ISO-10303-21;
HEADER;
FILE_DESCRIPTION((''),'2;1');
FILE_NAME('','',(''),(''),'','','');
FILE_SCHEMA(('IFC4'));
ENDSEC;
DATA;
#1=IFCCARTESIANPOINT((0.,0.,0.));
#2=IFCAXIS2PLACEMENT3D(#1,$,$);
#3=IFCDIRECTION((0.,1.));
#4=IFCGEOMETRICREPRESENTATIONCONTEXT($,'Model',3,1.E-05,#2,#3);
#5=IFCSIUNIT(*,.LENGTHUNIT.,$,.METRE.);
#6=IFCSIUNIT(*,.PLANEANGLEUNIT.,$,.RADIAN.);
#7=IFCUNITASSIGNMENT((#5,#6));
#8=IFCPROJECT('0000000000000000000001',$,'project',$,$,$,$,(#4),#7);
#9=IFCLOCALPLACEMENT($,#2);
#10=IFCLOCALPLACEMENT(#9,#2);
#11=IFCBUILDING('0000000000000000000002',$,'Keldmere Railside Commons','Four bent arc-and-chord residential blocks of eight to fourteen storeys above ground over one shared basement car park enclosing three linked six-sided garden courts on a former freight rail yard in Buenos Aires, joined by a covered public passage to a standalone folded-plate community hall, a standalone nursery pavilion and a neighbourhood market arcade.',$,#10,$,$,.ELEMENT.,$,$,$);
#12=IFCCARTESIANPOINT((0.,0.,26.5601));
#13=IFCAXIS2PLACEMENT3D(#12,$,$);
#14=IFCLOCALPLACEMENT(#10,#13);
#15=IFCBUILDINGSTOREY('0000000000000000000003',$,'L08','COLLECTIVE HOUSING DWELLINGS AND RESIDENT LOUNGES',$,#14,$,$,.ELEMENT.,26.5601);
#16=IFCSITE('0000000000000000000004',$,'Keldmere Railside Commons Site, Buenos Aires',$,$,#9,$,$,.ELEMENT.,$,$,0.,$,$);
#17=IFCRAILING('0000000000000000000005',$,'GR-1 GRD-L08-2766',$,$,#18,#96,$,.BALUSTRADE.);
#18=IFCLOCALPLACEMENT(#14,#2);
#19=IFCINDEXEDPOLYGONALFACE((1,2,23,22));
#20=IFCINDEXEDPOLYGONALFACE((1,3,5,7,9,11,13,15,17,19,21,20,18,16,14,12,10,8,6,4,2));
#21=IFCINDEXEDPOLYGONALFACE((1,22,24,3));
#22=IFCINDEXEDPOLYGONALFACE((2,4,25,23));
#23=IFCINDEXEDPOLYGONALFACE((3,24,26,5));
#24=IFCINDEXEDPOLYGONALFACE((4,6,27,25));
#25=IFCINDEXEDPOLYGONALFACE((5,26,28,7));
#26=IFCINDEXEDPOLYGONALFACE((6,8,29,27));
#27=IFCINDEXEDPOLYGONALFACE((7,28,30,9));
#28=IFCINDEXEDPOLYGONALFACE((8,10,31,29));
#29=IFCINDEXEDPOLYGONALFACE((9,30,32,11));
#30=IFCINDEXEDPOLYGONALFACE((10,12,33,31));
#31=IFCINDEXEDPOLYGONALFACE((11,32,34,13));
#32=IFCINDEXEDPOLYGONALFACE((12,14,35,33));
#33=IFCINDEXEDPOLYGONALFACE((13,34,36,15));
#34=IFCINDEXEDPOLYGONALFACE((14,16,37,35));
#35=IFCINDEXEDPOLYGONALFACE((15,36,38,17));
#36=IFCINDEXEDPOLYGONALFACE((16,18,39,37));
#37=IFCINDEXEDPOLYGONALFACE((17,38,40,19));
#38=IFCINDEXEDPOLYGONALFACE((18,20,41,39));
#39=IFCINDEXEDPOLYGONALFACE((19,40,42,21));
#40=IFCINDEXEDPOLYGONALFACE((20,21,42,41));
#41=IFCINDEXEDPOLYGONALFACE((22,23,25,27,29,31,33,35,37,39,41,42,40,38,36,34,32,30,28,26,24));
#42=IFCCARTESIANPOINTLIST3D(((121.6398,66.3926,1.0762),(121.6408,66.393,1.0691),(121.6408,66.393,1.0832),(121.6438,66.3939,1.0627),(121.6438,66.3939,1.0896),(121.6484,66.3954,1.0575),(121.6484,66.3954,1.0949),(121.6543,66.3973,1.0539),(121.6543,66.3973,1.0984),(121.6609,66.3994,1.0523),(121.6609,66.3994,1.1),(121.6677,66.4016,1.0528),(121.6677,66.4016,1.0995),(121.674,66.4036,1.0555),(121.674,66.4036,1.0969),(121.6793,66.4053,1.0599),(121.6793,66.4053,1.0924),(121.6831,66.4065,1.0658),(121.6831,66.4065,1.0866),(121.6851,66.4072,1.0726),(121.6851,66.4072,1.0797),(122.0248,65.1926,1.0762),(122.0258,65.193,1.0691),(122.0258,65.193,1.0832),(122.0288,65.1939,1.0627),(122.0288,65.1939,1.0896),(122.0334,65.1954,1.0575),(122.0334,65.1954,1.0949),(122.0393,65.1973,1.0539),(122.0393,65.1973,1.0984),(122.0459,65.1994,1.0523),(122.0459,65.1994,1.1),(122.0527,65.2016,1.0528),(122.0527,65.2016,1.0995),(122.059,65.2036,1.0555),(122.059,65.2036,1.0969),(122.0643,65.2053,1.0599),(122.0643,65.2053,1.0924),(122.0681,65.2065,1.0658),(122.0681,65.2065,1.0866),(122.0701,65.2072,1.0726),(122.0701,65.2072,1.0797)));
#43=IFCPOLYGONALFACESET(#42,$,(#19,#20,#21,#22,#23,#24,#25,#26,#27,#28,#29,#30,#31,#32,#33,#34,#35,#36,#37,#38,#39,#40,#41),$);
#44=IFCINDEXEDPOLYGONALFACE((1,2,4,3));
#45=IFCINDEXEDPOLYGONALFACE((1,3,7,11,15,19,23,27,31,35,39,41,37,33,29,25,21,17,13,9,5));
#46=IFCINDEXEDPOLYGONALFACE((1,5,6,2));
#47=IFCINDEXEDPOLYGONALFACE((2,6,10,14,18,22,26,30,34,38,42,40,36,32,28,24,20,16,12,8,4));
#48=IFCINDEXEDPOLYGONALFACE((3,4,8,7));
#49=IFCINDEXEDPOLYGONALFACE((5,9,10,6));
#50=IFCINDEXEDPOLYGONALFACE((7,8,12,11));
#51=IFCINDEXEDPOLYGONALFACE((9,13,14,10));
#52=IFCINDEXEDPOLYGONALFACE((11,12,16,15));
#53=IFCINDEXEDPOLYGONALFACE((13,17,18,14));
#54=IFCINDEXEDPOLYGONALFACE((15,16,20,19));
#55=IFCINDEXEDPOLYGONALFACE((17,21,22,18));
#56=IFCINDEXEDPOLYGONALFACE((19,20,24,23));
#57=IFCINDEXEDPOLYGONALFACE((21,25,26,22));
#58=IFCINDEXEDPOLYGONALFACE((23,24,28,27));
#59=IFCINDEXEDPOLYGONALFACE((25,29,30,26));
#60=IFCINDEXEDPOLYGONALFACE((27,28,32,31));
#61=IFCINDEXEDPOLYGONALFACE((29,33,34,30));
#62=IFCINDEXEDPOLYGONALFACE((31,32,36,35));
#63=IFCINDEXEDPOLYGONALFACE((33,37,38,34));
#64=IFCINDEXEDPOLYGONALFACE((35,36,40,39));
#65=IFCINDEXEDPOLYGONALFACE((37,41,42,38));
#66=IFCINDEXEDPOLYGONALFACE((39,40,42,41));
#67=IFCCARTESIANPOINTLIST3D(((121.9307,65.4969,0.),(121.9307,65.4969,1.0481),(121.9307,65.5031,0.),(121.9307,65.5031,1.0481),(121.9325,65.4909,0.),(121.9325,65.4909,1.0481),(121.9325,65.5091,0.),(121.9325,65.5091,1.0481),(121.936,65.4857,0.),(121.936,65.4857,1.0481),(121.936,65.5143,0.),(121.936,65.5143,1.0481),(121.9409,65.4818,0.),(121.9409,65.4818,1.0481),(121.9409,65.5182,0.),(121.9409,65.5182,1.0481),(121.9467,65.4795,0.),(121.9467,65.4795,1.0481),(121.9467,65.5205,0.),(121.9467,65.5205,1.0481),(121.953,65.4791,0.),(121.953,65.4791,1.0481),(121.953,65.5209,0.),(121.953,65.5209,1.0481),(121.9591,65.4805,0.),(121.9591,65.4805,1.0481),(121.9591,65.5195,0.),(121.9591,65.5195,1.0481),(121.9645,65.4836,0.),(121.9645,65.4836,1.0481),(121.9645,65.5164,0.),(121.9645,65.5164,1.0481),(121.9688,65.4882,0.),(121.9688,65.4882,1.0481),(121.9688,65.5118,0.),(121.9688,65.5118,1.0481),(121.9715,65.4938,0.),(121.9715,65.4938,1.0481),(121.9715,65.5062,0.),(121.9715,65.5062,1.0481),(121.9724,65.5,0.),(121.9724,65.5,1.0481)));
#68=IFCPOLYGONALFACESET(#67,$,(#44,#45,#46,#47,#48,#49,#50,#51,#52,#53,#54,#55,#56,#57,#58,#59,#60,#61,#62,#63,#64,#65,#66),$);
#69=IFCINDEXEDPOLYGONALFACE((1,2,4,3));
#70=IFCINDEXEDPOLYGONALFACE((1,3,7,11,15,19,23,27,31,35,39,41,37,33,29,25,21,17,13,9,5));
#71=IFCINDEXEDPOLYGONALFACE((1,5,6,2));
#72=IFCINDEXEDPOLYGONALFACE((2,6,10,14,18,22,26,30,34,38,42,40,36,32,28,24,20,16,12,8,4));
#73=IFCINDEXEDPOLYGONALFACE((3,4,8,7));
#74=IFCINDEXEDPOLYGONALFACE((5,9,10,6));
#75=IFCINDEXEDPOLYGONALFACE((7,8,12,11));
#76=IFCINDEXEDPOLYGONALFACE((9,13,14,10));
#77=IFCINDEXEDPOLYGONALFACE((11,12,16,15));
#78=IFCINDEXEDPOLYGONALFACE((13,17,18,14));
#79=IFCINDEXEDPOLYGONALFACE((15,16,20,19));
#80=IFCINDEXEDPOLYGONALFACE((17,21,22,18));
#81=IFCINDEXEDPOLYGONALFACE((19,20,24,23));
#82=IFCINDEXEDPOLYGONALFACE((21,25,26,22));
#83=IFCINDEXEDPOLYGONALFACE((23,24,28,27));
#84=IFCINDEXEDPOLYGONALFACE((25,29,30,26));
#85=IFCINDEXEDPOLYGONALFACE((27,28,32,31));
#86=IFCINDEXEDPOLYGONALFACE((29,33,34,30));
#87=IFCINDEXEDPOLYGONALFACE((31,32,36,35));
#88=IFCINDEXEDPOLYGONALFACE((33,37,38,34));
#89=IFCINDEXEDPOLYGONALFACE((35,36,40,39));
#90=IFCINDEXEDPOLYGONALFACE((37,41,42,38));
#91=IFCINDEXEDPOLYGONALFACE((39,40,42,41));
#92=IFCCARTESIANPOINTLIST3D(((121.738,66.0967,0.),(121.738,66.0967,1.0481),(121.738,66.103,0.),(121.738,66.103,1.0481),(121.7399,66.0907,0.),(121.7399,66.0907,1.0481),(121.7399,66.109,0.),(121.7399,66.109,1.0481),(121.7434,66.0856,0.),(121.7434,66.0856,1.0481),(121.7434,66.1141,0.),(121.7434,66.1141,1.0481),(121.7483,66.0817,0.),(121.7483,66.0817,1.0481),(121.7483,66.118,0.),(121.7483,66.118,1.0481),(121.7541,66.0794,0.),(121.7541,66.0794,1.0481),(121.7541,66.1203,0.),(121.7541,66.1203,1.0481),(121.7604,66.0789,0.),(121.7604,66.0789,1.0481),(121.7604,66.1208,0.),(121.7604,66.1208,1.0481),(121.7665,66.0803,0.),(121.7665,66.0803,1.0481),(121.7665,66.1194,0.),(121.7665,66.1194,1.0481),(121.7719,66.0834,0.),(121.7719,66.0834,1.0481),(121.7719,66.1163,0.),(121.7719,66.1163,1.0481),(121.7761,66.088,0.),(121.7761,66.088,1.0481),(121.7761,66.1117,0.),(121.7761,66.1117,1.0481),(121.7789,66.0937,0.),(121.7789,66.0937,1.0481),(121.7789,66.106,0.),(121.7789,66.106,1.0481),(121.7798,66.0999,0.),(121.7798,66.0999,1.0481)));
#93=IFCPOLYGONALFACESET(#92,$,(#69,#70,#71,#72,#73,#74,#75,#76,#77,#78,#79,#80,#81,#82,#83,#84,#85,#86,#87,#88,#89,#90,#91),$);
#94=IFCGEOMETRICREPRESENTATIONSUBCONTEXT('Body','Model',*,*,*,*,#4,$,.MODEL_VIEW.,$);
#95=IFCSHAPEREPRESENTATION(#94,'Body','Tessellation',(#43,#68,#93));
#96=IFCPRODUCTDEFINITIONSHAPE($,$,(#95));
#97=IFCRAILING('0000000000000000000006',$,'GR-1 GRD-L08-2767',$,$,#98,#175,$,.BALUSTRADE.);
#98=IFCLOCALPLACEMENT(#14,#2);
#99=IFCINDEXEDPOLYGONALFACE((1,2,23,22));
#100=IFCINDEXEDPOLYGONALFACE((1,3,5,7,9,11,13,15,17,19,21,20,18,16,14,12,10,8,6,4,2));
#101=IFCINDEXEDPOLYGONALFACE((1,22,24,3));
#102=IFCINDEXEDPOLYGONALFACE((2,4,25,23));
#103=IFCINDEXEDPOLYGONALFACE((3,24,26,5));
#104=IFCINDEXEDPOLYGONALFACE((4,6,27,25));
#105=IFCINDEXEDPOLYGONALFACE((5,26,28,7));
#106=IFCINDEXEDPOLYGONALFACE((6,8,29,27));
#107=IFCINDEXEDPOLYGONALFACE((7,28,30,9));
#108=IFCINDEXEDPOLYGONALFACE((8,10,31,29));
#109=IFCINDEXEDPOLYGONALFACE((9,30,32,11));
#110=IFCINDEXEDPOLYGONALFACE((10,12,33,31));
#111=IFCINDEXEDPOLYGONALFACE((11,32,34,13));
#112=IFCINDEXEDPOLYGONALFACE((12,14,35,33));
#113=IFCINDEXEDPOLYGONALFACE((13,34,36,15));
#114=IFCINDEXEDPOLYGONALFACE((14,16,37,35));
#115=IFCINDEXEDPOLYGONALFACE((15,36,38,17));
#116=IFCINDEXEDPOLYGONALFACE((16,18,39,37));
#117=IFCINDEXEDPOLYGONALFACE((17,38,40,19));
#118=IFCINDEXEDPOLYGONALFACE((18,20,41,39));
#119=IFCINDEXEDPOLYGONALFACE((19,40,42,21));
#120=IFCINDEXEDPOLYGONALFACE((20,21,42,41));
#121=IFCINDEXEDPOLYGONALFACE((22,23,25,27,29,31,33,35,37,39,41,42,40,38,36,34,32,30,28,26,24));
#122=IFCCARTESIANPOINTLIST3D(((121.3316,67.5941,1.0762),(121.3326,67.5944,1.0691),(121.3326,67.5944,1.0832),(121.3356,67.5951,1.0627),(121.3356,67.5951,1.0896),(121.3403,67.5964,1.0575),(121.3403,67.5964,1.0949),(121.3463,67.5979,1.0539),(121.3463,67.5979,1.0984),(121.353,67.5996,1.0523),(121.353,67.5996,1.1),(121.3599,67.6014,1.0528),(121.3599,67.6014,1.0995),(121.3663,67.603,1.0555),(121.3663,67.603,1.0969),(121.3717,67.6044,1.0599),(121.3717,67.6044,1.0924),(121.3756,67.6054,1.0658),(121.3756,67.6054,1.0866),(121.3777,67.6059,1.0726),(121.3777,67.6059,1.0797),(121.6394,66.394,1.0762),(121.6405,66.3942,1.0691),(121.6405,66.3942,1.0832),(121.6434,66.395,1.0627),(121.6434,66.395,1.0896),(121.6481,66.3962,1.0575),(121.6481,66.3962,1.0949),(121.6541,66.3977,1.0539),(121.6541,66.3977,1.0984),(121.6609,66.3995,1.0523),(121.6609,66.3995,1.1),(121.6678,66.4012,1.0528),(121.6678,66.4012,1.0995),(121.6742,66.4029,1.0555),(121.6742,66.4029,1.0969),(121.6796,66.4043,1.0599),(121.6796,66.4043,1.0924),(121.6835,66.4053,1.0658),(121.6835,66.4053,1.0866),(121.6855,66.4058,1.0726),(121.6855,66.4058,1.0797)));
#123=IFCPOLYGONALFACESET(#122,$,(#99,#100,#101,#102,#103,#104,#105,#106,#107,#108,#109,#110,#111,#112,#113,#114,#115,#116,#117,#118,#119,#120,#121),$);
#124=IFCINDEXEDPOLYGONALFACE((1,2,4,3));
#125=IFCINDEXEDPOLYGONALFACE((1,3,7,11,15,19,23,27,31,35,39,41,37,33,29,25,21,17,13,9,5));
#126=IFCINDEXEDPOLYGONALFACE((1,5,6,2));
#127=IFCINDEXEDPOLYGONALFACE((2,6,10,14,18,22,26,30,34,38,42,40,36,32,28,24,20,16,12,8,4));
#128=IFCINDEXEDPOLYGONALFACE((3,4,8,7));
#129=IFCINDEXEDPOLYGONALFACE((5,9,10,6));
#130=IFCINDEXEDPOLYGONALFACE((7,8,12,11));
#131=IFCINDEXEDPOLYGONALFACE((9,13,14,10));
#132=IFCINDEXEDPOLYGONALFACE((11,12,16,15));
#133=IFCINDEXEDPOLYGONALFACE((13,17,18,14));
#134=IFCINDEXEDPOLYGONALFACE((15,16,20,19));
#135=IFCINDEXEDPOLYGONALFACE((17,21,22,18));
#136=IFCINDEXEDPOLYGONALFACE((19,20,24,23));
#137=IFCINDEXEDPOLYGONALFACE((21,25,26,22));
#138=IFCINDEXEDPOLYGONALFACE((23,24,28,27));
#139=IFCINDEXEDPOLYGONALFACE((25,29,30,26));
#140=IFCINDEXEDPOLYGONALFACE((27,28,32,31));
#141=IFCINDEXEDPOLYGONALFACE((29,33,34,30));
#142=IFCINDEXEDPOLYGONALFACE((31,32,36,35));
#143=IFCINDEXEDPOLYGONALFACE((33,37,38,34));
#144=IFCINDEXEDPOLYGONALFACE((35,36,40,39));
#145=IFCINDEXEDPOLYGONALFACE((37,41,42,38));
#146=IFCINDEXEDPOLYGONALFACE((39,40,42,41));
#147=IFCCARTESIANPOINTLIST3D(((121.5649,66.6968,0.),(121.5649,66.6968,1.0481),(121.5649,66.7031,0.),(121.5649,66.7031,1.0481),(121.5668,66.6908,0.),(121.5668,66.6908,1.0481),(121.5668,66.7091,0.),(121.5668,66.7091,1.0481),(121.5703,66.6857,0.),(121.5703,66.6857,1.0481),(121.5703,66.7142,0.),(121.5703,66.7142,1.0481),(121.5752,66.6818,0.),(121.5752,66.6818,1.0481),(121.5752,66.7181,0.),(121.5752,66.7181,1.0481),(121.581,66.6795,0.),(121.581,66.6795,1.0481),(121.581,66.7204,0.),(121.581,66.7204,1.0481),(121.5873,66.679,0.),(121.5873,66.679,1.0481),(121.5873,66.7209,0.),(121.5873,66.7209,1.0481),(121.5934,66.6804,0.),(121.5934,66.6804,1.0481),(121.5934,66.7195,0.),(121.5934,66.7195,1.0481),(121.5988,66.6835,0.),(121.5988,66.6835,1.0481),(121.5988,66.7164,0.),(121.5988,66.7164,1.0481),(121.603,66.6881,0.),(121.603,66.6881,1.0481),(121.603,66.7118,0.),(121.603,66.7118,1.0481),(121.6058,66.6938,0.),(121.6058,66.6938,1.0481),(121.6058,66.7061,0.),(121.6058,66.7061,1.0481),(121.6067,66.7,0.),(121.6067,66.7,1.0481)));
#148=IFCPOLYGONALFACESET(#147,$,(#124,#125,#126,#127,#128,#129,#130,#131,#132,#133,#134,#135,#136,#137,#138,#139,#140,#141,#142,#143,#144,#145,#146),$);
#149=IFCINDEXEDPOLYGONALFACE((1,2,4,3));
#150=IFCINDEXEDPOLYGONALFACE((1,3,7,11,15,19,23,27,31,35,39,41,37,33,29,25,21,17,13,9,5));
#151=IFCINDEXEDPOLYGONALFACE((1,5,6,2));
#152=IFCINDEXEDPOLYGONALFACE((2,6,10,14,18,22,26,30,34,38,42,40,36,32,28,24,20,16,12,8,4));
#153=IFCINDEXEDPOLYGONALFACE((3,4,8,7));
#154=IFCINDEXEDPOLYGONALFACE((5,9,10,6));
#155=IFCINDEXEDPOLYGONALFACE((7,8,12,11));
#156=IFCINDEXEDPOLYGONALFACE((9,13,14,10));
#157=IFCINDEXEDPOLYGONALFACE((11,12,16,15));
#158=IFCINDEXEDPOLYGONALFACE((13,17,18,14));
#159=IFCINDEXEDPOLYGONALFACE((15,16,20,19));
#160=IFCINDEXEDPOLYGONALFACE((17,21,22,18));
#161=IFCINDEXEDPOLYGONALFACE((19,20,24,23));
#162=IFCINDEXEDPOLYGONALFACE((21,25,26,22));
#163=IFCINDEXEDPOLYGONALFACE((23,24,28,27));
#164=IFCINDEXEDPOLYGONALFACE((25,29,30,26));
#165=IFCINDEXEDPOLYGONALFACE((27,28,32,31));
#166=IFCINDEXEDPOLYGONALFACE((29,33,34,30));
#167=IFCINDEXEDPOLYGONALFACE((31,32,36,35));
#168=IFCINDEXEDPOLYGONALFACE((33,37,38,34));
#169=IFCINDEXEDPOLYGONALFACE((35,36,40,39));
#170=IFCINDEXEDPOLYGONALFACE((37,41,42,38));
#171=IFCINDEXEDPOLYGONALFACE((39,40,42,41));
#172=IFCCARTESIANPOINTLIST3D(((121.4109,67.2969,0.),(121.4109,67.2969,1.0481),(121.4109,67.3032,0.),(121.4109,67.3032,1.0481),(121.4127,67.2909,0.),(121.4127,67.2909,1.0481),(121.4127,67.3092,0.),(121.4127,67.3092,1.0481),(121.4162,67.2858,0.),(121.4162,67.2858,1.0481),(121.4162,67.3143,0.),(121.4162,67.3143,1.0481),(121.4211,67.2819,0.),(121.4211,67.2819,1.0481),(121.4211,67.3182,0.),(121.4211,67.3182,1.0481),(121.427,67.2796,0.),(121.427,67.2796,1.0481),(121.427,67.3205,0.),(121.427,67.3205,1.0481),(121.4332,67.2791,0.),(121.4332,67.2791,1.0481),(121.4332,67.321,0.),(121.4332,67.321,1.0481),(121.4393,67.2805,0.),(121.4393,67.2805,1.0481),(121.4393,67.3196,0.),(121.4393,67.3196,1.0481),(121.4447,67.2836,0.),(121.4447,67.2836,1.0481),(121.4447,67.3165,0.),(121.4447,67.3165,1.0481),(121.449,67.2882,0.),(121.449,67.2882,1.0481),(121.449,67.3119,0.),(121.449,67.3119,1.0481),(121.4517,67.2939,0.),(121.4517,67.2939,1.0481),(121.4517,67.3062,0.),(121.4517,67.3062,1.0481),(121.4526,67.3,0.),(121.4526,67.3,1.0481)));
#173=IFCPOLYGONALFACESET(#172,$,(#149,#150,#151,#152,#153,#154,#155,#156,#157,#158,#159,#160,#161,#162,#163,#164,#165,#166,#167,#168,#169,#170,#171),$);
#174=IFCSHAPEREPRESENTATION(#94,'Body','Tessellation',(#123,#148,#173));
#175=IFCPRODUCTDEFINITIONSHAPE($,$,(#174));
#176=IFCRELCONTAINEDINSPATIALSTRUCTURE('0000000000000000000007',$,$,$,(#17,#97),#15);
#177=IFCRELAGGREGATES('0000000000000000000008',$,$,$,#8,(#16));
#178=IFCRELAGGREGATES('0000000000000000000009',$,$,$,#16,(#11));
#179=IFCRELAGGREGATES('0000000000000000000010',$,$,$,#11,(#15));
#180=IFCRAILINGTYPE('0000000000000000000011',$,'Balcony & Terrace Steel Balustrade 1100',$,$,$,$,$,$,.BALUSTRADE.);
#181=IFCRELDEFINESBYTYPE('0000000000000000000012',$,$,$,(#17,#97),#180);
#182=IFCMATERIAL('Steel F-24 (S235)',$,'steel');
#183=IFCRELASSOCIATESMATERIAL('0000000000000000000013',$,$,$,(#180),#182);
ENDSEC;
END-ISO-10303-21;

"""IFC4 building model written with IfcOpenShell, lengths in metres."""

from ifc_helpers import new_model, si_unit, direction, frame, origin, origin_2d, place, context, subcontext, project, spatial, circle, extrude, material, type_object, element, save


model = new_model("IFC4")

# Units and contexts
model_context = context("Model", 3, precision=1e-05, world=origin(), true_north=direction((0.0, 1.0)))
body_context = subcontext(model_context, "Body", "Model", "MODEL_VIEW")
ifc_project = project(units=[si_unit("LENGTHUNIT", "METRE"), si_unit("PLANEANGLEUNIT", "RADIAN")], contexts=[model_context])

# Site, building, storey
site_placement = place(None, origin())
site = spatial("IfcSite", under=ifc_project, at=site_placement, Name="Keldmere Railside Commons Site, Buenos Aires", CompositionType="ELEMENT", RefElevation=0.0)
building_placement = place(site_placement, origin())
building = spatial("IfcBuilding", under=site, at=building_placement, Name="Keldmere Railside Commons", Description="Four bent arc-and-chord residential blocks of eight to fourteen storeys above ground over one shared basement car park enclosing three linked six-sided garden courts on a former freight rail yard in Buenos Aires, joined by a covered public passage to a standalone folded-plate community hall, a standalone nursery pavilion and a neighbourhood market arcade.", CompositionType="ELEMENT")
storey_placement = place(building_placement, frame((0.0, 0.0, 26.5601)))
storey = spatial("IfcBuildingStorey", under=building, at=storey_placement, Name="L08", Description="COLLECTIVE HOUSING DWELLINGS AND RESIDENT LOUNGES", CompositionType="ELEMENT", Elevation=26.5601)

# Railings
ifc_material_1 = material(Name="Steel F-24 (S235)", Category="steel")
railing_type = type_object("IfcRailingType", Name="Balcony & Terrace Steel Balustrade 1100", PredefinedType="BALUSTRADE", material=ifc_material_1)
railing_1_placement = place(storey_placement, frame((122.0476, 65.2, 0.0)))
element("IfcRailing", 1, at=railing_1_placement, inside=storey, type_object=railing_type, Name="GR-1 GRD-L08-2766", PredefinedType="BALUSTRADE", context=body_context, shape_type="SweptSolid", body=[
    extrude(circle(Radius=0.0239, at=origin_2d()), frame((0.0, 0.0, 1.0762), z_axis=(-0.305514, 0.952188, 0.0), x_axis=(-0.952188, -0.305514, 0.0)), (0.0, 0.0, 1.0), 1.2603),
    extrude(circle(Radius=0.021, at=origin_2d()), frame((-0.0962, 0.3, 0.0)), (0.0, 0.0, 1.0), 1.0481),
    extrude(circle(Radius=0.021, at=origin_2d()), frame((-0.2888, 0.8999, 0.0)), (0.0, 0.0, 1.0), 1.0481),
])
railing_2_placement = place(storey_placement, frame((121.6626, 66.3999, 0.0)))
element("IfcRailing", 2, at=railing_2_placement, inside=storey, type_object=railing_type, Name="GR-1 GRD-L08-2767", PredefinedType="BALUSTRADE", context=body_context, shape_type="SweptSolid", body=[
    extrude(circle(Radius=0.0239, at=origin_2d()), frame((0.0, 0.0, 1.0762), z_axis=(-0.248465, 0.968641, 0.0), x_axis=(-0.968641, -0.248465, 0.0)), (0.0, 0.0, 1.0), 1.239),
    extrude(circle(Radius=0.021, at=origin_2d()), frame((-0.0769, 0.3, 0.0)), (0.0, 0.0, 1.0), 1.0481),
    extrude(circle(Radius=0.021, at=origin_2d()), frame((-0.231, 0.9001, 0.0)), (0.0, 0.0, 1.0), 1.0481),
])

save(model, "model.ifc")
